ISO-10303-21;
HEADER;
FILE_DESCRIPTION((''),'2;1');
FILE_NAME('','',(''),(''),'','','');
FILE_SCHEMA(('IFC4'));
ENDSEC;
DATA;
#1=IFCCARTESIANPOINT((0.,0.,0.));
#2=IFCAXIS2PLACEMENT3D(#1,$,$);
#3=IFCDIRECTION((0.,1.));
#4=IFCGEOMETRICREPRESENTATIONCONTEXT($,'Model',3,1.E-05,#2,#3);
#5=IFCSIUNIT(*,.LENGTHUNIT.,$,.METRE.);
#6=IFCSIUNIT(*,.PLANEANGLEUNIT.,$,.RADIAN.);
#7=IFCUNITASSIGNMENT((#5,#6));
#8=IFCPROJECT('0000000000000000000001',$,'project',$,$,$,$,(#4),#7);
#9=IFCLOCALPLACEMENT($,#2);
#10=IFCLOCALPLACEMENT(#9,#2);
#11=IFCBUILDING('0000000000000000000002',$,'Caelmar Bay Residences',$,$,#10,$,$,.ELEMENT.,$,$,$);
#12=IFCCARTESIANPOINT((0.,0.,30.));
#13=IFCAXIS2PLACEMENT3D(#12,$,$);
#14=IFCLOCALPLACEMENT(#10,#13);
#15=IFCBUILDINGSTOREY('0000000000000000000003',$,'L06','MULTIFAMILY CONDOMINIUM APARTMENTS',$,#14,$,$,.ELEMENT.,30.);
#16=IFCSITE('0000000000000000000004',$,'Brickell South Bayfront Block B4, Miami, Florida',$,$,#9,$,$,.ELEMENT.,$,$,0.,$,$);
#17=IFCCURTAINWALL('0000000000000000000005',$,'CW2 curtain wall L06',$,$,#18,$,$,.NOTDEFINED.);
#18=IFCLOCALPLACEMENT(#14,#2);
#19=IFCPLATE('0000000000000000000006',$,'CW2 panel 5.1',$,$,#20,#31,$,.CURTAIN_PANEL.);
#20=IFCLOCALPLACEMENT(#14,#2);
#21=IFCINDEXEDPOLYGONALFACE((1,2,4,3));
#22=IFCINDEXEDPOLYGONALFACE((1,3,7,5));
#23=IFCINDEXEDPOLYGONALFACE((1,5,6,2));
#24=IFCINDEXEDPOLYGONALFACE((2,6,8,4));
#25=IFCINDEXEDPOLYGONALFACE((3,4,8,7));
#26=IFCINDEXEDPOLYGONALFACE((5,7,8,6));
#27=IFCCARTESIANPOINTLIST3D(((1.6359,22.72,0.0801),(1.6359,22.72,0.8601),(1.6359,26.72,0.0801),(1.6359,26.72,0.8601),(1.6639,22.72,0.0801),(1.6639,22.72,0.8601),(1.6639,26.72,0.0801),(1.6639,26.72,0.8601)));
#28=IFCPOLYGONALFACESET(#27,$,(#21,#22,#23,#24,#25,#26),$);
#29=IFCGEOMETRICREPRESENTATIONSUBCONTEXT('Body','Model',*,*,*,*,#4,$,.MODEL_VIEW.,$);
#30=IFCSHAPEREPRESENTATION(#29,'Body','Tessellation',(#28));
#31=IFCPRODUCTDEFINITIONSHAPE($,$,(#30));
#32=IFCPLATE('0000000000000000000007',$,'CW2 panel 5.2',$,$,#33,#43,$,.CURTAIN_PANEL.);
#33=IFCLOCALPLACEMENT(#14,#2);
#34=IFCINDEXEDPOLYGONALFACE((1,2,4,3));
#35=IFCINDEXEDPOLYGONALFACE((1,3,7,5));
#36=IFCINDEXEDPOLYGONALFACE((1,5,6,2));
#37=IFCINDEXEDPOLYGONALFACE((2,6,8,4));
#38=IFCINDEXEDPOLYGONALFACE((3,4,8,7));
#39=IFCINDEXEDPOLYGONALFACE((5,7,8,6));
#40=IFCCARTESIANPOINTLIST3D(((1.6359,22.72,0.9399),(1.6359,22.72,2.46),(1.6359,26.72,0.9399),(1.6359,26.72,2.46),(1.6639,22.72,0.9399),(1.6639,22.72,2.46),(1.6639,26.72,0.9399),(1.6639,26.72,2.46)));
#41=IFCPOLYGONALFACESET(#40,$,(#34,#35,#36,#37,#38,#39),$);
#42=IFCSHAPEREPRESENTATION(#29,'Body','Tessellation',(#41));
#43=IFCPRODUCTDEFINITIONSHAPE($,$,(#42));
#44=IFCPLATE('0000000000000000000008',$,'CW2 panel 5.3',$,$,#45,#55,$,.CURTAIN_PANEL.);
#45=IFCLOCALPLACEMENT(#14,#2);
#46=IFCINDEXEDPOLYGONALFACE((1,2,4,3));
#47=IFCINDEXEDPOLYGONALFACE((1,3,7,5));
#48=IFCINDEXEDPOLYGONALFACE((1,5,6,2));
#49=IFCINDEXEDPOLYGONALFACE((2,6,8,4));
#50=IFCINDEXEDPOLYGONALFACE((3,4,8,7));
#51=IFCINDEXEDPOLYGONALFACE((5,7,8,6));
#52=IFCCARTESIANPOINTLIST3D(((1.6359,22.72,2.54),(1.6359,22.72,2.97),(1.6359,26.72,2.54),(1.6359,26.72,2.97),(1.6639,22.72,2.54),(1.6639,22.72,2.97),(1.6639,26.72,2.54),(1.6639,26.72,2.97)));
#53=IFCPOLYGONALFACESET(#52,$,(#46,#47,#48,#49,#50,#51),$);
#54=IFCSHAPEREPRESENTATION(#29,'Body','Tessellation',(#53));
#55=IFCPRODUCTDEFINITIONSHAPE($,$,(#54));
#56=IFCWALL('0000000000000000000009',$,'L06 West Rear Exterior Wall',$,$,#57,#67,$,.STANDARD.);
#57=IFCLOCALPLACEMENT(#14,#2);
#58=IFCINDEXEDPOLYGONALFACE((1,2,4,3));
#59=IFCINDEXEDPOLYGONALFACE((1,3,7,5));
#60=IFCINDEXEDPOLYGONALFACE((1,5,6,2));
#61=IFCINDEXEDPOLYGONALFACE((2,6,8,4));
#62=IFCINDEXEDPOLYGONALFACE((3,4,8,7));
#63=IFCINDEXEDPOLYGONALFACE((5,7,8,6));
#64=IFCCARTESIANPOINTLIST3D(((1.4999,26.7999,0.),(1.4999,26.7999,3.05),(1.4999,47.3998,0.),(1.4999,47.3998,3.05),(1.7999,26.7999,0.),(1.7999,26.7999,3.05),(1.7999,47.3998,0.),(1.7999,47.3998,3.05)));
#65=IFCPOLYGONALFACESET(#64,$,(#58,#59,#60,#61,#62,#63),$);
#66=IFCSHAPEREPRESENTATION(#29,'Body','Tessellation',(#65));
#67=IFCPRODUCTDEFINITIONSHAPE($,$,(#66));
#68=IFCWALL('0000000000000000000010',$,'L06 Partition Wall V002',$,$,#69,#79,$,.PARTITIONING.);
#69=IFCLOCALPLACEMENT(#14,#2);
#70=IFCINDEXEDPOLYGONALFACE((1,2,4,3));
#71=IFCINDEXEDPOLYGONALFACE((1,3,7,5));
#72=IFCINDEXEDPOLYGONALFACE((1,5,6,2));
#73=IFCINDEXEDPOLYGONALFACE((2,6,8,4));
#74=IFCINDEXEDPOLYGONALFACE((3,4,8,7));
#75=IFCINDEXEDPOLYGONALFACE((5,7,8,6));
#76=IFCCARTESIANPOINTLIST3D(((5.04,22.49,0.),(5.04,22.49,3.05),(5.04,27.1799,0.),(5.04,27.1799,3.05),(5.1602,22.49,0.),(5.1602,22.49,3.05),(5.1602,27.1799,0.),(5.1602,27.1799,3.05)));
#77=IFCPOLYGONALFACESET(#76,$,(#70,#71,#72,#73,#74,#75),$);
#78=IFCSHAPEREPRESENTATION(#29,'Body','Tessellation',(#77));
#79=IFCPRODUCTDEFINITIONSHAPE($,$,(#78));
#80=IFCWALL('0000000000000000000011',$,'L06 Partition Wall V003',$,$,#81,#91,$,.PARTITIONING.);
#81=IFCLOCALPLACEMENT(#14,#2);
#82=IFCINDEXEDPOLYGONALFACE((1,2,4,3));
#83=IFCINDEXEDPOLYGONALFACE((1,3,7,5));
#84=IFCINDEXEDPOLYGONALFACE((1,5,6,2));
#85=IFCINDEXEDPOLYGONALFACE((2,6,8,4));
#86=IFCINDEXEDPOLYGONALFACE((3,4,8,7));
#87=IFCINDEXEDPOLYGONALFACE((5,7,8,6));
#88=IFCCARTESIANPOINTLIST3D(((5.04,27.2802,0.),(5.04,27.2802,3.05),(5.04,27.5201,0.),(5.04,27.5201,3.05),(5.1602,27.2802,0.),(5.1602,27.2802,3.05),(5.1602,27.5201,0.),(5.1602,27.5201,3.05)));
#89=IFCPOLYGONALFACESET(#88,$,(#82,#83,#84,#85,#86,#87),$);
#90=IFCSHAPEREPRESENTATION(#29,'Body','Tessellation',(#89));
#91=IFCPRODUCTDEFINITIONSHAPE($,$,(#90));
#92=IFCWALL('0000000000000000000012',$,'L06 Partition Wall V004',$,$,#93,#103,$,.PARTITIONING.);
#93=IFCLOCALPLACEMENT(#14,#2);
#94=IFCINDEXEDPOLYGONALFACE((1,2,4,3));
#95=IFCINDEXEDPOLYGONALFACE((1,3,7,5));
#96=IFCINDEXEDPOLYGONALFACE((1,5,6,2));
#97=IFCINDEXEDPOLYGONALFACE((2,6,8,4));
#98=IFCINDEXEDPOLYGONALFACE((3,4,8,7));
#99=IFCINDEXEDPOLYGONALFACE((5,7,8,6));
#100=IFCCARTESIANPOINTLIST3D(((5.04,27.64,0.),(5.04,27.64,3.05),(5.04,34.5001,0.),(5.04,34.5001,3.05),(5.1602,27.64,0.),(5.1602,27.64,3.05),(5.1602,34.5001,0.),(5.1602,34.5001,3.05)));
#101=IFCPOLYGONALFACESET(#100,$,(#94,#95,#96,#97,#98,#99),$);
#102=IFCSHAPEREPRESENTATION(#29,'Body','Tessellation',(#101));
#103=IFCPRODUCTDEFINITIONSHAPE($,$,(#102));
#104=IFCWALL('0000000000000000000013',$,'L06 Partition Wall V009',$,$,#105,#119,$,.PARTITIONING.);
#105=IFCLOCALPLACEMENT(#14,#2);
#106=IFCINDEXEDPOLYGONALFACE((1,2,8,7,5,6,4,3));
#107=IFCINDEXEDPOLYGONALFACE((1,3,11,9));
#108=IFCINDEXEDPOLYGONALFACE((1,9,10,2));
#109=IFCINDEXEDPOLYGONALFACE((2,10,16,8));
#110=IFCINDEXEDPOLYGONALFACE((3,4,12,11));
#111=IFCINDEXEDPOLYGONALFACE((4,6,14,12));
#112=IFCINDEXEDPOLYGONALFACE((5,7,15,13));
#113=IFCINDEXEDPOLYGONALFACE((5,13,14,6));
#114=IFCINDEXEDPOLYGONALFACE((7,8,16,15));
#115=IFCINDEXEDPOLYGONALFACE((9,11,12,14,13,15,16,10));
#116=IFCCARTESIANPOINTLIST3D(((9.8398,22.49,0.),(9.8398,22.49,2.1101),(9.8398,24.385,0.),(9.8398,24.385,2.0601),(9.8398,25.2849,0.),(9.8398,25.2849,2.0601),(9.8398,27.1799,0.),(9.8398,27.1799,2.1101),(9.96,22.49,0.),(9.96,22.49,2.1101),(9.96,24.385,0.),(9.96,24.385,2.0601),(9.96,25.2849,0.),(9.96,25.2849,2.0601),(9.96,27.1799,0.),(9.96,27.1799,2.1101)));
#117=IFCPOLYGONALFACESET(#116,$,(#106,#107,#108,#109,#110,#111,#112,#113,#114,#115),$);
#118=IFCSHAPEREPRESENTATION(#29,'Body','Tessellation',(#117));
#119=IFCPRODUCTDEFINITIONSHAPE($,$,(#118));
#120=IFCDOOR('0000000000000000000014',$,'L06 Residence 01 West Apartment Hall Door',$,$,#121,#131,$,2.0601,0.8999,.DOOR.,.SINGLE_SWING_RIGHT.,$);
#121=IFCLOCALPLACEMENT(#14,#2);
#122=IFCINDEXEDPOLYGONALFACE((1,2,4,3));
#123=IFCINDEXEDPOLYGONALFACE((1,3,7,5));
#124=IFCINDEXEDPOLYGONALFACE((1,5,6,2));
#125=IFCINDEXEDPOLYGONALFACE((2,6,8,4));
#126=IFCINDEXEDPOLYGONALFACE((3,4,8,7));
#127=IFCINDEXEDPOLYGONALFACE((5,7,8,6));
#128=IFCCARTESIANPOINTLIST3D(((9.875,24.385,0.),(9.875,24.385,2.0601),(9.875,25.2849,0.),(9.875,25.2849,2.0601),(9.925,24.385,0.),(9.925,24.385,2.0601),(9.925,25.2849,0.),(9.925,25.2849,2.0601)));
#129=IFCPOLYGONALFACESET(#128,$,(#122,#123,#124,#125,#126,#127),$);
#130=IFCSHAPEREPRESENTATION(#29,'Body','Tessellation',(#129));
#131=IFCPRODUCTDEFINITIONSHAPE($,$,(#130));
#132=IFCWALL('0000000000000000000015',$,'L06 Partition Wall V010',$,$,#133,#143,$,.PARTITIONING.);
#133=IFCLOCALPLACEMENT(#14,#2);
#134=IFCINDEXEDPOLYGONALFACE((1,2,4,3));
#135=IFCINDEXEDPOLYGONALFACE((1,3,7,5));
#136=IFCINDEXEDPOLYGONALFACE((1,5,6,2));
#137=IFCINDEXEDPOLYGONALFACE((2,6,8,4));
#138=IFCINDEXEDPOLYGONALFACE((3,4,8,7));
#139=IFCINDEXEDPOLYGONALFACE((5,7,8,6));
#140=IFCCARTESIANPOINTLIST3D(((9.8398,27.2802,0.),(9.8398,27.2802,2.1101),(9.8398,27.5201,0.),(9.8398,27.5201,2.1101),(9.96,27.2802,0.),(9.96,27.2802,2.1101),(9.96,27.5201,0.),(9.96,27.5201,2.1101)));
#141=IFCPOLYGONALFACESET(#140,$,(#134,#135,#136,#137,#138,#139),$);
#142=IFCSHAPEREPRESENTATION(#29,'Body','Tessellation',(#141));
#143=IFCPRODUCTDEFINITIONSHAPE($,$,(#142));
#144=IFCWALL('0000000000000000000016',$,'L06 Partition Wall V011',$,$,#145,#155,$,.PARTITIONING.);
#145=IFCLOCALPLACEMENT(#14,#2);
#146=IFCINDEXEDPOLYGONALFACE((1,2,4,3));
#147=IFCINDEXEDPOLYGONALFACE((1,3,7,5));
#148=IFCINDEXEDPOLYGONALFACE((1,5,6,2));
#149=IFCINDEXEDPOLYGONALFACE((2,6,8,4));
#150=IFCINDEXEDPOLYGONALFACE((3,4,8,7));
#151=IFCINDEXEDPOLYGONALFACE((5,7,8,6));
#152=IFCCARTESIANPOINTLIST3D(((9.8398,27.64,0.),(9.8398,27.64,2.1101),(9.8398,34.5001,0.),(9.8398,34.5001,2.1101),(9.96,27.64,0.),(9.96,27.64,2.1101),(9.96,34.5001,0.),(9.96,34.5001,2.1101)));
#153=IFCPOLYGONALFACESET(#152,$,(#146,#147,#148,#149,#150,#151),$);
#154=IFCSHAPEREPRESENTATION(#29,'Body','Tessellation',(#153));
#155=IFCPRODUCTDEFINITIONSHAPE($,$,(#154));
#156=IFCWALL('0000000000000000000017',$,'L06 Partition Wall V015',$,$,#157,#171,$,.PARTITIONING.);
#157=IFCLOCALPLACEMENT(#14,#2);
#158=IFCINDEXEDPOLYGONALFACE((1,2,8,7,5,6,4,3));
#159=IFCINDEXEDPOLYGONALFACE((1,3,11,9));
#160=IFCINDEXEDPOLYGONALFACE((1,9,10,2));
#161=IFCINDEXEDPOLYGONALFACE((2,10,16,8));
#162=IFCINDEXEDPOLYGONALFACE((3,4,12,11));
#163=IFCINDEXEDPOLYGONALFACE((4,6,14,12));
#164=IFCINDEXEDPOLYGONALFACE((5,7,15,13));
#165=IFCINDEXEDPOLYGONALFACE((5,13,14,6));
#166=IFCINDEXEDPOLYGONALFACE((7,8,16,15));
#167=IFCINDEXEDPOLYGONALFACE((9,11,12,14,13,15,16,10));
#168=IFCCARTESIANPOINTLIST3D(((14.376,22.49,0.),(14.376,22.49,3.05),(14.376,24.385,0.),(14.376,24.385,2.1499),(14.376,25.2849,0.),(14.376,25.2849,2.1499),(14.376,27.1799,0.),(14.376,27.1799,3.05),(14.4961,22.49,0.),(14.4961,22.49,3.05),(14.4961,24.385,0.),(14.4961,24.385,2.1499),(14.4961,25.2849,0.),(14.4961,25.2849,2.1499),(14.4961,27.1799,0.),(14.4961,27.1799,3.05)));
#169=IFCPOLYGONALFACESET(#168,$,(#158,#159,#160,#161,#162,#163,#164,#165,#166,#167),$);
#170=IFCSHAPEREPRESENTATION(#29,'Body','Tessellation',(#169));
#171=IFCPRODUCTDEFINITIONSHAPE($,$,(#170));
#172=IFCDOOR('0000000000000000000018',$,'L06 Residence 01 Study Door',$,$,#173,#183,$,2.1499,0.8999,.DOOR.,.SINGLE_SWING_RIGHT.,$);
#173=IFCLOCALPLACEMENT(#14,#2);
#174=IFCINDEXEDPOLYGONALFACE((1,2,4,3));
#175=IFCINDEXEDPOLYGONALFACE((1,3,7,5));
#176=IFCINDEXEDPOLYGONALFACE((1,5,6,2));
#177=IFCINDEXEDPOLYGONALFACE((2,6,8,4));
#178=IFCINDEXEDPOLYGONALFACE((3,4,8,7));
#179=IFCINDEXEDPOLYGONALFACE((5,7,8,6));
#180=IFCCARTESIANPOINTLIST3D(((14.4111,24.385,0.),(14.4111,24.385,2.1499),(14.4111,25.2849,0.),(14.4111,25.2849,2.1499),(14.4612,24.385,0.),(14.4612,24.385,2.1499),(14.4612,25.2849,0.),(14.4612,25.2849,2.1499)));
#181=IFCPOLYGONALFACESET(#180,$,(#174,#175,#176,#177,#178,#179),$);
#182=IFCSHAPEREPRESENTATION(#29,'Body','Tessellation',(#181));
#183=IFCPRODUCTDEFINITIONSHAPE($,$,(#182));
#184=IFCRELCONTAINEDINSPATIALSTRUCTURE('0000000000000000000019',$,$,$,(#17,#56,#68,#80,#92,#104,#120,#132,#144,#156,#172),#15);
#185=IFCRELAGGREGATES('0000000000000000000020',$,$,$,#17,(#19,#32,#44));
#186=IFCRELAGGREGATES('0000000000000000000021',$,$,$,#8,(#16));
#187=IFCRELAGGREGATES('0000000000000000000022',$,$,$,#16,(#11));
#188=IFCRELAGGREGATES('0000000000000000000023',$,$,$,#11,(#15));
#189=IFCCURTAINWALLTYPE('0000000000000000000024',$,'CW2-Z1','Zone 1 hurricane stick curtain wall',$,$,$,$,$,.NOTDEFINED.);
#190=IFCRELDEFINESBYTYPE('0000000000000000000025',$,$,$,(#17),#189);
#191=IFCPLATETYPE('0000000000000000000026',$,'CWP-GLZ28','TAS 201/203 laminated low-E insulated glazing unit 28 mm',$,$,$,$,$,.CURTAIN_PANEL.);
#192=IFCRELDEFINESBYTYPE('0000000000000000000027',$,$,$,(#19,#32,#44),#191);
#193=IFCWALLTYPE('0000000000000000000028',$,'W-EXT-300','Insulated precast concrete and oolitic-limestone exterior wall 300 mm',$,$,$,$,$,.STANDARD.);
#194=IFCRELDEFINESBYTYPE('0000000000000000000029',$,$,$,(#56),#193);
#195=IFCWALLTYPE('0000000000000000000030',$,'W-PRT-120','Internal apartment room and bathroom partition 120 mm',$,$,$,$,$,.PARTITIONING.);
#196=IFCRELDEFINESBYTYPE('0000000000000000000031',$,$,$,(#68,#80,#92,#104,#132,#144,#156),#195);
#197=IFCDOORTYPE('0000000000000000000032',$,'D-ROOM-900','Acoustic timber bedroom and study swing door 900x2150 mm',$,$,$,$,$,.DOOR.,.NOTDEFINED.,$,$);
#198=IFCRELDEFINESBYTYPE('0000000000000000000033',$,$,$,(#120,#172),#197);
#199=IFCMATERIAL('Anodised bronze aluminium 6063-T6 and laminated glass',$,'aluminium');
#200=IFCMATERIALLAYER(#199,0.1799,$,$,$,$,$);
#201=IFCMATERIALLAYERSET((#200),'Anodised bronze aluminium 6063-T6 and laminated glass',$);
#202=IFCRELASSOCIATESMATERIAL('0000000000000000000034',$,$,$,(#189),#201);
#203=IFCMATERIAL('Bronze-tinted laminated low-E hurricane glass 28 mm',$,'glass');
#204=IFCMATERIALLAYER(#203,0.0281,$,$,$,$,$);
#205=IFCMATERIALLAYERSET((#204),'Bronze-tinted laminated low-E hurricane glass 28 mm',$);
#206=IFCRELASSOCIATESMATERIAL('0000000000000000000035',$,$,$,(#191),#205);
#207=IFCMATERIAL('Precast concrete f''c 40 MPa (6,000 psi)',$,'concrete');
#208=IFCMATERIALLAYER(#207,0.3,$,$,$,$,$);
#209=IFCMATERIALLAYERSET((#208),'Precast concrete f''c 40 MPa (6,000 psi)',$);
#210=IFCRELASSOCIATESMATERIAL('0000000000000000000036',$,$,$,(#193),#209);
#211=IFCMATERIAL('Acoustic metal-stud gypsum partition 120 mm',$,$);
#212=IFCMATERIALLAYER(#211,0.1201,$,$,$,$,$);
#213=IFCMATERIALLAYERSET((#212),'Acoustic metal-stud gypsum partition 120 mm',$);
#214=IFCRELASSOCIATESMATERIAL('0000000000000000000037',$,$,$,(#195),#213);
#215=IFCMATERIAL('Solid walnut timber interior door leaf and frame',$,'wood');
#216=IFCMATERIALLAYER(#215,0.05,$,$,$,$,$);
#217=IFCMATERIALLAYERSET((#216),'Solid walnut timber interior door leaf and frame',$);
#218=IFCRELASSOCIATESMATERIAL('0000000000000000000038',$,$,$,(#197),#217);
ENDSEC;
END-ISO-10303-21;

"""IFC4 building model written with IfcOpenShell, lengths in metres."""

from ifc_helpers import new_model, si_unit, direction, frame, frame_2d, origin, origin_2d, place, context, subcontext, project, spatial, rectangle, extrude, material, layer, layer_set, type_object, element, fill, aggregate, save


model = new_model("IFC4")

# Units and contexts
model_context = context("Model", 3, precision=1e-05, world=origin(), true_north=direction((0.0, 1.0)))
body_context = subcontext(model_context, "Body", "Model", "MODEL_VIEW")
ifc_project = project(units=[si_unit("LENGTHUNIT", "METRE"), si_unit("PLANEANGLEUNIT", "RADIAN")], contexts=[model_context])

# Site, building, storey
site_placement = place(None, origin())
site = spatial("IfcSite", under=ifc_project, at=site_placement, Name="Brickell South Bayfront Block B4, Miami, Florida", CompositionType="ELEMENT", RefElevation=0.0)
building_placement = place(site_placement, origin())
building = spatial("IfcBuilding", under=site, at=building_placement, Name="Caelmar Bay Residences", CompositionType="ELEMENT")
storey_placement = place(building_placement, frame((0.0, 0.0, 30.0)))
storey = spatial("IfcBuildingStorey", under=building, at=storey_placement, Name="L06", Description="MULTIFAMILY CONDOMINIUM APARTMENTS", CompositionType="ELEMENT", Elevation=30.0)

# Curtain wall, plates
ifc_material_1 = material(Name="Anodised bronze aluminium 6063-T6 and laminated glass", Category="aluminium")
ifc_layer_1 = layer(ifc_material_1, 0.1799)
ifc_layer_set_1 = layer_set([ifc_layer_1], Name="Anodised bronze aluminium 6063-T6 and laminated glass")
curtain_wall_type = type_object("IfcCurtainWallType", Name="CW2-Z1", Description="Zone 1 hurricane stick curtain wall", PredefinedType="NOTDEFINED", material=ifc_layer_set_1)
curtain_wall_placement = place(storey_placement, origin())
curtain_wall = element("IfcCurtainWall", 1, at=curtain_wall_placement, inside=storey, type_object=curtain_wall_type, Name="CW2 curtain wall L06", PredefinedType="NOTDEFINED")
ifc_material_2 = material(Name="Bronze-tinted laminated low-E hurricane glass 28 mm", Category="glass")
ifc_layer_2 = layer(ifc_material_2, 0.0281)
ifc_layer_set_2 = layer_set([ifc_layer_2], Name="Bronze-tinted laminated low-E hurricane glass 28 mm")
plate_type = type_object("IfcPlateType", Name="CWP-GLZ28", Description="TAS 201/203 laminated low-E insulated glazing unit 28 mm", PredefinedType="CURTAIN_PANEL", material=ifc_layer_set_2)
plate_1_placement = place(storey_placement, frame((1.6499, 24.72, 0.0801), z_axis=(0.0, 0.0, 1.0), x_axis=(0.0, 1.0, 0.0)))
plate_1 = element("IfcPlate", 2, at=plate_1_placement, type_object=plate_type, Name="CW2 panel 5.1", PredefinedType="CURTAIN_PANEL", context=body_context, shape_type="SweptSolid", body=[
    extrude(rectangle(XDim=4.0, YDim=0.0281, at=origin_2d()), origin(), (0.0, 0.0, 1.0), 0.78),
])
plate_2_placement = place(storey_placement, frame((1.6499, 24.72, 0.9399), z_axis=(0.0, 0.0, 1.0), x_axis=(0.0, 1.0, 0.0)))
plate_2 = element("IfcPlate", 3, at=plate_2_placement, type_object=plate_type, Name="CW2 panel 5.2", PredefinedType="CURTAIN_PANEL", context=body_context, shape_type="SweptSolid", body=[
    extrude(rectangle(XDim=4.0, YDim=0.0281, at=origin_2d()), origin(), (0.0, 0.0, 1.0), 1.52),
])
plate_3_placement = place(storey_placement, frame((1.6499, 24.72, 2.54), z_axis=(0.0, 0.0, 1.0), x_axis=(0.0, 1.0, 0.0)))
plate_3 = element("IfcPlate", 4, at=plate_3_placement, type_object=plate_type, Name="CW2 panel 5.3", PredefinedType="CURTAIN_PANEL", context=body_context, shape_type="SweptSolid", body=[
    extrude(rectangle(XDim=4.0, YDim=0.0281, at=origin_2d()), origin(), (0.0, 0.0, 1.0), 0.4299),
])
aggregate(curtain_wall, [plate_1, plate_2, plate_3])

# Walls
ifc_material_3 = material(Name="Precast concrete f'c 40 MPa (6,000 psi)", Category="concrete")
ifc_layer_3 = layer(ifc_material_3, 0.3)
ifc_layer_set_3 = layer_set([ifc_layer_3], Name="Precast concrete f'c 40 MPa (6,000 psi)")
wall_type_1 = type_object("IfcWallType", Name="W-EXT-300", Description="Insulated precast concrete and oolitic-limestone exterior wall 300 mm", PredefinedType="STANDARD", material=ifc_layer_set_3)
wall_1_placement = place(storey_placement, frame((1.6499, 26.8, 0.0), z_axis=(0.0, 0.0, 1.0), x_axis=(0.0, 1.0, 0.0)))
element("IfcWall", 5, at=wall_1_placement, inside=storey, type_object=wall_type_1, Name="L06 West Rear Exterior Wall", PredefinedType="STANDARD", context=body_context, shape_type="SweptSolid", body=[
    extrude(rectangle(XDim=20.5999, YDim=0.3, at=frame_2d((10.2998, 0.0))), origin(), (0.0, 0.0, 1.0), 3.05),
])
ifc_material_4 = material(Name="Acoustic metal-stud gypsum partition 120 mm")
ifc_layer_4 = layer(ifc_material_4, 0.1201)
ifc_layer_set_4 = layer_set([ifc_layer_4], Name="Acoustic metal-stud gypsum partition 120 mm")
wall_type_2 = type_object("IfcWallType", Name="W-PRT-120", Description="Internal apartment room and bathroom partition 120 mm", PredefinedType="PARTITIONING", material=ifc_layer_set_4)
wall_2_placement = place(storey_placement, frame((5.1001, 22.49, 0.0), z_axis=(0.0, 0.0, 1.0), x_axis=(0.0, 1.0, 0.0)))
element("IfcWall", 6, at=wall_2_placement, inside=storey, type_object=wall_type_2, Name="L06 Partition Wall V002", PredefinedType="PARTITIONING", context=body_context, shape_type="SweptSolid", body=[
    extrude(rectangle(XDim=4.6899, YDim=0.1201, at=frame_2d((2.345, 0.0))), origin(), (0.0, 0.0, 1.0), 3.05),
])
wall_3_placement = place(storey_placement, frame((5.1001, 27.28, 0.0), z_axis=(0.0, 0.0, 1.0), x_axis=(0.0, 1.0, 0.0)))
element("IfcWall", 7, at=wall_3_placement, inside=storey, type_object=wall_type_2, Name="L06 Partition Wall V003", PredefinedType="PARTITIONING", context=body_context, shape_type="SweptSolid", body=[
    extrude(rectangle(XDim=0.24, YDim=0.1201, at=frame_2d((0.1201, 0.0))), origin(), (0.0, 0.0, 1.0), 3.05),
])
wall_4_placement = place(storey_placement, frame((5.1001, 27.6399, 0.0), z_axis=(0.0, 0.0, 1.0), x_axis=(0.0, 1.0, 0.0)))
element("IfcWall", 8, at=wall_4_placement, inside=storey, type_object=wall_type_2, Name="L06 Partition Wall V004", PredefinedType="PARTITIONING", context=body_context, shape_type="SweptSolid", body=[
    extrude(rectangle(XDim=6.8601, YDim=0.1201, at=frame_2d((3.4302, 0.0))), origin(), (0.0, 0.0, 1.0), 3.05),
])

# Wall, opening, door
wall_5_placement = place(storey_placement, frame((9.8999, 22.49, 0.0), z_axis=(0.0, 0.0, 1.0), x_axis=(0.0, 1.0, 0.0)))
wall_5 = element("IfcWall", 9, at=wall_5_placement, inside=storey, type_object=wall_type_2, Name="L06 Partition Wall V009", PredefinedType="PARTITIONING", context=body_context, shape_type="SweptSolid", body=[
    extrude(rectangle(XDim=4.6899, YDim=0.1201, at=frame_2d((2.345, 0.0))), origin(), (0.0, 0.0, 1.0), 2.1101),
])
opening_1_placement = place(wall_5_placement, frame((1.895, 0.0, 0.0)))
opening_1 = element("IfcOpeningElement", 10, at=opening_1_placement, cuts=wall_5, PredefinedType="OPENING", context=body_context, shape_type="SweptSolid", body=[
    extrude(rectangle(XDim=0.8999, YDim=2.0601, at=frame_2d((0.45, 1.03))), frame((0.0, 0.0701, 0.0), z_axis=(0.0, -1.0, 0.0), x_axis=(1.0, 0.0, 0.0)), (0.0, 0.0, 1.0), 0.1401),
])
ifc_material_5 = material(Name="Solid walnut timber interior door leaf and frame", Category="wood")
ifc_layer_5 = layer(ifc_material_5, 0.05)
ifc_layer_set_5 = layer_set([ifc_layer_5], Name="Solid walnut timber interior door leaf and frame")
door_type_1 = type_object("IfcDoorType", Name="D-ROOM-900", Description="Acoustic timber bedroom and study swing door 900x2150 mm", OperationType="NOTDEFINED", PredefinedType="DOOR", material=ifc_layer_set_5)
door_1_placement = place(opening_1_placement, origin())
door_1 = element("IfcDoor", 11, at=door_1_placement, inside=storey, type_object=door_type_1, Name="L06 Residence 01 West Apartment Hall Door", OperationType="SINGLE_SWING_RIGHT", OverallHeight=2.0601, OverallWidth=0.8999, PredefinedType="DOOR", context=body_context, shape_type="SweptSolid", body=[
    extrude(rectangle(XDim=0.8999, YDim=2.0601, at=frame_2d((0.45, 1.03))), frame((0.0, 0.0249, 0.0), z_axis=(0.0, -1.0, 0.0), x_axis=(1.0, 0.0, 0.0)), (0.0, 0.0, 1.0), 0.05),
])
fill(opening_1, door_1)

# Walls
wall_6_placement = place(storey_placement, frame((9.8999, 27.28, 0.0), z_axis=(0.0, 0.0, 1.0), x_axis=(0.0, 1.0, 0.0)))
element("IfcWall", 12, at=wall_6_placement, inside=storey, type_object=wall_type_2, Name="L06 Partition Wall V010", PredefinedType="PARTITIONING", context=body_context, shape_type="SweptSolid", body=[
    extrude(rectangle(XDim=0.24, YDim=0.1201, at=frame_2d((0.1201, 0.0))), origin(), (0.0, 0.0, 1.0), 2.1101),
])
wall_7_placement = place(storey_placement, frame((9.8999, 27.6399, 0.0), z_axis=(0.0, 0.0, 1.0), x_axis=(0.0, 1.0, 0.0)))
element("IfcWall", 13, at=wall_7_placement, inside=storey, type_object=wall_type_2, Name="L06 Partition Wall V011", PredefinedType="PARTITIONING", context=body_context, shape_type="SweptSolid", body=[
    extrude(rectangle(XDim=6.8601, YDim=0.1201, at=frame_2d((3.4302, 0.0))), origin(), (0.0, 0.0, 1.0), 2.1101),
])

# Wall, opening, door
wall_8_placement = place(storey_placement, frame((14.436, 22.49, 0.0), z_axis=(0.0, 0.0, 1.0), x_axis=(0.0, 1.0, 0.0)))
wall_8 = element("IfcWall", 14, at=wall_8_placement, inside=storey, type_object=wall_type_2, Name="L06 Partition Wall V015", PredefinedType="PARTITIONING", context=body_context, shape_type="SweptSolid", body=[
    extrude(rectangle(XDim=4.6899, YDim=0.1201, at=frame_2d((2.345, 0.0))), origin(), (0.0, 0.0, 1.0), 3.05),
])
opening_2_placement = place(wall_8_placement, frame((1.895, 0.0, 0.0)))
opening_2 = element("IfcOpeningElement", 15, at=opening_2_placement, cuts=wall_8, PredefinedType="OPENING", context=body_context, shape_type="SweptSolid", body=[
    extrude(rectangle(XDim=0.8999, YDim=2.1499, at=frame_2d((0.45, 1.075))), frame((0.0, 0.0701, 0.0), z_axis=(0.0, -1.0, 0.0), x_axis=(1.0, 0.0, 0.0)), (0.0, 0.0, 1.0), 0.1401),
])
door_2_placement = place(opening_2_placement, origin())
door_2 = element("IfcDoor", 16, at=door_2_placement, inside=storey, type_object=door_type_1, Name="L06 Residence 01 Study Door", OperationType="SINGLE_SWING_RIGHT", OverallHeight=2.1499, OverallWidth=0.8999, PredefinedType="DOOR", context=body_context, shape_type="SweptSolid", body=[
    extrude(rectangle(XDim=0.8999, YDim=2.1499, at=frame_2d((0.45, 1.075))), frame((0.0, 0.0249, 0.0), z_axis=(0.0, -1.0, 0.0), x_axis=(1.0, 0.0, 0.0)), (0.0, 0.0, 1.0), 0.05),
])
fill(opening_2, door_2)

save(model, "model.ifc")
